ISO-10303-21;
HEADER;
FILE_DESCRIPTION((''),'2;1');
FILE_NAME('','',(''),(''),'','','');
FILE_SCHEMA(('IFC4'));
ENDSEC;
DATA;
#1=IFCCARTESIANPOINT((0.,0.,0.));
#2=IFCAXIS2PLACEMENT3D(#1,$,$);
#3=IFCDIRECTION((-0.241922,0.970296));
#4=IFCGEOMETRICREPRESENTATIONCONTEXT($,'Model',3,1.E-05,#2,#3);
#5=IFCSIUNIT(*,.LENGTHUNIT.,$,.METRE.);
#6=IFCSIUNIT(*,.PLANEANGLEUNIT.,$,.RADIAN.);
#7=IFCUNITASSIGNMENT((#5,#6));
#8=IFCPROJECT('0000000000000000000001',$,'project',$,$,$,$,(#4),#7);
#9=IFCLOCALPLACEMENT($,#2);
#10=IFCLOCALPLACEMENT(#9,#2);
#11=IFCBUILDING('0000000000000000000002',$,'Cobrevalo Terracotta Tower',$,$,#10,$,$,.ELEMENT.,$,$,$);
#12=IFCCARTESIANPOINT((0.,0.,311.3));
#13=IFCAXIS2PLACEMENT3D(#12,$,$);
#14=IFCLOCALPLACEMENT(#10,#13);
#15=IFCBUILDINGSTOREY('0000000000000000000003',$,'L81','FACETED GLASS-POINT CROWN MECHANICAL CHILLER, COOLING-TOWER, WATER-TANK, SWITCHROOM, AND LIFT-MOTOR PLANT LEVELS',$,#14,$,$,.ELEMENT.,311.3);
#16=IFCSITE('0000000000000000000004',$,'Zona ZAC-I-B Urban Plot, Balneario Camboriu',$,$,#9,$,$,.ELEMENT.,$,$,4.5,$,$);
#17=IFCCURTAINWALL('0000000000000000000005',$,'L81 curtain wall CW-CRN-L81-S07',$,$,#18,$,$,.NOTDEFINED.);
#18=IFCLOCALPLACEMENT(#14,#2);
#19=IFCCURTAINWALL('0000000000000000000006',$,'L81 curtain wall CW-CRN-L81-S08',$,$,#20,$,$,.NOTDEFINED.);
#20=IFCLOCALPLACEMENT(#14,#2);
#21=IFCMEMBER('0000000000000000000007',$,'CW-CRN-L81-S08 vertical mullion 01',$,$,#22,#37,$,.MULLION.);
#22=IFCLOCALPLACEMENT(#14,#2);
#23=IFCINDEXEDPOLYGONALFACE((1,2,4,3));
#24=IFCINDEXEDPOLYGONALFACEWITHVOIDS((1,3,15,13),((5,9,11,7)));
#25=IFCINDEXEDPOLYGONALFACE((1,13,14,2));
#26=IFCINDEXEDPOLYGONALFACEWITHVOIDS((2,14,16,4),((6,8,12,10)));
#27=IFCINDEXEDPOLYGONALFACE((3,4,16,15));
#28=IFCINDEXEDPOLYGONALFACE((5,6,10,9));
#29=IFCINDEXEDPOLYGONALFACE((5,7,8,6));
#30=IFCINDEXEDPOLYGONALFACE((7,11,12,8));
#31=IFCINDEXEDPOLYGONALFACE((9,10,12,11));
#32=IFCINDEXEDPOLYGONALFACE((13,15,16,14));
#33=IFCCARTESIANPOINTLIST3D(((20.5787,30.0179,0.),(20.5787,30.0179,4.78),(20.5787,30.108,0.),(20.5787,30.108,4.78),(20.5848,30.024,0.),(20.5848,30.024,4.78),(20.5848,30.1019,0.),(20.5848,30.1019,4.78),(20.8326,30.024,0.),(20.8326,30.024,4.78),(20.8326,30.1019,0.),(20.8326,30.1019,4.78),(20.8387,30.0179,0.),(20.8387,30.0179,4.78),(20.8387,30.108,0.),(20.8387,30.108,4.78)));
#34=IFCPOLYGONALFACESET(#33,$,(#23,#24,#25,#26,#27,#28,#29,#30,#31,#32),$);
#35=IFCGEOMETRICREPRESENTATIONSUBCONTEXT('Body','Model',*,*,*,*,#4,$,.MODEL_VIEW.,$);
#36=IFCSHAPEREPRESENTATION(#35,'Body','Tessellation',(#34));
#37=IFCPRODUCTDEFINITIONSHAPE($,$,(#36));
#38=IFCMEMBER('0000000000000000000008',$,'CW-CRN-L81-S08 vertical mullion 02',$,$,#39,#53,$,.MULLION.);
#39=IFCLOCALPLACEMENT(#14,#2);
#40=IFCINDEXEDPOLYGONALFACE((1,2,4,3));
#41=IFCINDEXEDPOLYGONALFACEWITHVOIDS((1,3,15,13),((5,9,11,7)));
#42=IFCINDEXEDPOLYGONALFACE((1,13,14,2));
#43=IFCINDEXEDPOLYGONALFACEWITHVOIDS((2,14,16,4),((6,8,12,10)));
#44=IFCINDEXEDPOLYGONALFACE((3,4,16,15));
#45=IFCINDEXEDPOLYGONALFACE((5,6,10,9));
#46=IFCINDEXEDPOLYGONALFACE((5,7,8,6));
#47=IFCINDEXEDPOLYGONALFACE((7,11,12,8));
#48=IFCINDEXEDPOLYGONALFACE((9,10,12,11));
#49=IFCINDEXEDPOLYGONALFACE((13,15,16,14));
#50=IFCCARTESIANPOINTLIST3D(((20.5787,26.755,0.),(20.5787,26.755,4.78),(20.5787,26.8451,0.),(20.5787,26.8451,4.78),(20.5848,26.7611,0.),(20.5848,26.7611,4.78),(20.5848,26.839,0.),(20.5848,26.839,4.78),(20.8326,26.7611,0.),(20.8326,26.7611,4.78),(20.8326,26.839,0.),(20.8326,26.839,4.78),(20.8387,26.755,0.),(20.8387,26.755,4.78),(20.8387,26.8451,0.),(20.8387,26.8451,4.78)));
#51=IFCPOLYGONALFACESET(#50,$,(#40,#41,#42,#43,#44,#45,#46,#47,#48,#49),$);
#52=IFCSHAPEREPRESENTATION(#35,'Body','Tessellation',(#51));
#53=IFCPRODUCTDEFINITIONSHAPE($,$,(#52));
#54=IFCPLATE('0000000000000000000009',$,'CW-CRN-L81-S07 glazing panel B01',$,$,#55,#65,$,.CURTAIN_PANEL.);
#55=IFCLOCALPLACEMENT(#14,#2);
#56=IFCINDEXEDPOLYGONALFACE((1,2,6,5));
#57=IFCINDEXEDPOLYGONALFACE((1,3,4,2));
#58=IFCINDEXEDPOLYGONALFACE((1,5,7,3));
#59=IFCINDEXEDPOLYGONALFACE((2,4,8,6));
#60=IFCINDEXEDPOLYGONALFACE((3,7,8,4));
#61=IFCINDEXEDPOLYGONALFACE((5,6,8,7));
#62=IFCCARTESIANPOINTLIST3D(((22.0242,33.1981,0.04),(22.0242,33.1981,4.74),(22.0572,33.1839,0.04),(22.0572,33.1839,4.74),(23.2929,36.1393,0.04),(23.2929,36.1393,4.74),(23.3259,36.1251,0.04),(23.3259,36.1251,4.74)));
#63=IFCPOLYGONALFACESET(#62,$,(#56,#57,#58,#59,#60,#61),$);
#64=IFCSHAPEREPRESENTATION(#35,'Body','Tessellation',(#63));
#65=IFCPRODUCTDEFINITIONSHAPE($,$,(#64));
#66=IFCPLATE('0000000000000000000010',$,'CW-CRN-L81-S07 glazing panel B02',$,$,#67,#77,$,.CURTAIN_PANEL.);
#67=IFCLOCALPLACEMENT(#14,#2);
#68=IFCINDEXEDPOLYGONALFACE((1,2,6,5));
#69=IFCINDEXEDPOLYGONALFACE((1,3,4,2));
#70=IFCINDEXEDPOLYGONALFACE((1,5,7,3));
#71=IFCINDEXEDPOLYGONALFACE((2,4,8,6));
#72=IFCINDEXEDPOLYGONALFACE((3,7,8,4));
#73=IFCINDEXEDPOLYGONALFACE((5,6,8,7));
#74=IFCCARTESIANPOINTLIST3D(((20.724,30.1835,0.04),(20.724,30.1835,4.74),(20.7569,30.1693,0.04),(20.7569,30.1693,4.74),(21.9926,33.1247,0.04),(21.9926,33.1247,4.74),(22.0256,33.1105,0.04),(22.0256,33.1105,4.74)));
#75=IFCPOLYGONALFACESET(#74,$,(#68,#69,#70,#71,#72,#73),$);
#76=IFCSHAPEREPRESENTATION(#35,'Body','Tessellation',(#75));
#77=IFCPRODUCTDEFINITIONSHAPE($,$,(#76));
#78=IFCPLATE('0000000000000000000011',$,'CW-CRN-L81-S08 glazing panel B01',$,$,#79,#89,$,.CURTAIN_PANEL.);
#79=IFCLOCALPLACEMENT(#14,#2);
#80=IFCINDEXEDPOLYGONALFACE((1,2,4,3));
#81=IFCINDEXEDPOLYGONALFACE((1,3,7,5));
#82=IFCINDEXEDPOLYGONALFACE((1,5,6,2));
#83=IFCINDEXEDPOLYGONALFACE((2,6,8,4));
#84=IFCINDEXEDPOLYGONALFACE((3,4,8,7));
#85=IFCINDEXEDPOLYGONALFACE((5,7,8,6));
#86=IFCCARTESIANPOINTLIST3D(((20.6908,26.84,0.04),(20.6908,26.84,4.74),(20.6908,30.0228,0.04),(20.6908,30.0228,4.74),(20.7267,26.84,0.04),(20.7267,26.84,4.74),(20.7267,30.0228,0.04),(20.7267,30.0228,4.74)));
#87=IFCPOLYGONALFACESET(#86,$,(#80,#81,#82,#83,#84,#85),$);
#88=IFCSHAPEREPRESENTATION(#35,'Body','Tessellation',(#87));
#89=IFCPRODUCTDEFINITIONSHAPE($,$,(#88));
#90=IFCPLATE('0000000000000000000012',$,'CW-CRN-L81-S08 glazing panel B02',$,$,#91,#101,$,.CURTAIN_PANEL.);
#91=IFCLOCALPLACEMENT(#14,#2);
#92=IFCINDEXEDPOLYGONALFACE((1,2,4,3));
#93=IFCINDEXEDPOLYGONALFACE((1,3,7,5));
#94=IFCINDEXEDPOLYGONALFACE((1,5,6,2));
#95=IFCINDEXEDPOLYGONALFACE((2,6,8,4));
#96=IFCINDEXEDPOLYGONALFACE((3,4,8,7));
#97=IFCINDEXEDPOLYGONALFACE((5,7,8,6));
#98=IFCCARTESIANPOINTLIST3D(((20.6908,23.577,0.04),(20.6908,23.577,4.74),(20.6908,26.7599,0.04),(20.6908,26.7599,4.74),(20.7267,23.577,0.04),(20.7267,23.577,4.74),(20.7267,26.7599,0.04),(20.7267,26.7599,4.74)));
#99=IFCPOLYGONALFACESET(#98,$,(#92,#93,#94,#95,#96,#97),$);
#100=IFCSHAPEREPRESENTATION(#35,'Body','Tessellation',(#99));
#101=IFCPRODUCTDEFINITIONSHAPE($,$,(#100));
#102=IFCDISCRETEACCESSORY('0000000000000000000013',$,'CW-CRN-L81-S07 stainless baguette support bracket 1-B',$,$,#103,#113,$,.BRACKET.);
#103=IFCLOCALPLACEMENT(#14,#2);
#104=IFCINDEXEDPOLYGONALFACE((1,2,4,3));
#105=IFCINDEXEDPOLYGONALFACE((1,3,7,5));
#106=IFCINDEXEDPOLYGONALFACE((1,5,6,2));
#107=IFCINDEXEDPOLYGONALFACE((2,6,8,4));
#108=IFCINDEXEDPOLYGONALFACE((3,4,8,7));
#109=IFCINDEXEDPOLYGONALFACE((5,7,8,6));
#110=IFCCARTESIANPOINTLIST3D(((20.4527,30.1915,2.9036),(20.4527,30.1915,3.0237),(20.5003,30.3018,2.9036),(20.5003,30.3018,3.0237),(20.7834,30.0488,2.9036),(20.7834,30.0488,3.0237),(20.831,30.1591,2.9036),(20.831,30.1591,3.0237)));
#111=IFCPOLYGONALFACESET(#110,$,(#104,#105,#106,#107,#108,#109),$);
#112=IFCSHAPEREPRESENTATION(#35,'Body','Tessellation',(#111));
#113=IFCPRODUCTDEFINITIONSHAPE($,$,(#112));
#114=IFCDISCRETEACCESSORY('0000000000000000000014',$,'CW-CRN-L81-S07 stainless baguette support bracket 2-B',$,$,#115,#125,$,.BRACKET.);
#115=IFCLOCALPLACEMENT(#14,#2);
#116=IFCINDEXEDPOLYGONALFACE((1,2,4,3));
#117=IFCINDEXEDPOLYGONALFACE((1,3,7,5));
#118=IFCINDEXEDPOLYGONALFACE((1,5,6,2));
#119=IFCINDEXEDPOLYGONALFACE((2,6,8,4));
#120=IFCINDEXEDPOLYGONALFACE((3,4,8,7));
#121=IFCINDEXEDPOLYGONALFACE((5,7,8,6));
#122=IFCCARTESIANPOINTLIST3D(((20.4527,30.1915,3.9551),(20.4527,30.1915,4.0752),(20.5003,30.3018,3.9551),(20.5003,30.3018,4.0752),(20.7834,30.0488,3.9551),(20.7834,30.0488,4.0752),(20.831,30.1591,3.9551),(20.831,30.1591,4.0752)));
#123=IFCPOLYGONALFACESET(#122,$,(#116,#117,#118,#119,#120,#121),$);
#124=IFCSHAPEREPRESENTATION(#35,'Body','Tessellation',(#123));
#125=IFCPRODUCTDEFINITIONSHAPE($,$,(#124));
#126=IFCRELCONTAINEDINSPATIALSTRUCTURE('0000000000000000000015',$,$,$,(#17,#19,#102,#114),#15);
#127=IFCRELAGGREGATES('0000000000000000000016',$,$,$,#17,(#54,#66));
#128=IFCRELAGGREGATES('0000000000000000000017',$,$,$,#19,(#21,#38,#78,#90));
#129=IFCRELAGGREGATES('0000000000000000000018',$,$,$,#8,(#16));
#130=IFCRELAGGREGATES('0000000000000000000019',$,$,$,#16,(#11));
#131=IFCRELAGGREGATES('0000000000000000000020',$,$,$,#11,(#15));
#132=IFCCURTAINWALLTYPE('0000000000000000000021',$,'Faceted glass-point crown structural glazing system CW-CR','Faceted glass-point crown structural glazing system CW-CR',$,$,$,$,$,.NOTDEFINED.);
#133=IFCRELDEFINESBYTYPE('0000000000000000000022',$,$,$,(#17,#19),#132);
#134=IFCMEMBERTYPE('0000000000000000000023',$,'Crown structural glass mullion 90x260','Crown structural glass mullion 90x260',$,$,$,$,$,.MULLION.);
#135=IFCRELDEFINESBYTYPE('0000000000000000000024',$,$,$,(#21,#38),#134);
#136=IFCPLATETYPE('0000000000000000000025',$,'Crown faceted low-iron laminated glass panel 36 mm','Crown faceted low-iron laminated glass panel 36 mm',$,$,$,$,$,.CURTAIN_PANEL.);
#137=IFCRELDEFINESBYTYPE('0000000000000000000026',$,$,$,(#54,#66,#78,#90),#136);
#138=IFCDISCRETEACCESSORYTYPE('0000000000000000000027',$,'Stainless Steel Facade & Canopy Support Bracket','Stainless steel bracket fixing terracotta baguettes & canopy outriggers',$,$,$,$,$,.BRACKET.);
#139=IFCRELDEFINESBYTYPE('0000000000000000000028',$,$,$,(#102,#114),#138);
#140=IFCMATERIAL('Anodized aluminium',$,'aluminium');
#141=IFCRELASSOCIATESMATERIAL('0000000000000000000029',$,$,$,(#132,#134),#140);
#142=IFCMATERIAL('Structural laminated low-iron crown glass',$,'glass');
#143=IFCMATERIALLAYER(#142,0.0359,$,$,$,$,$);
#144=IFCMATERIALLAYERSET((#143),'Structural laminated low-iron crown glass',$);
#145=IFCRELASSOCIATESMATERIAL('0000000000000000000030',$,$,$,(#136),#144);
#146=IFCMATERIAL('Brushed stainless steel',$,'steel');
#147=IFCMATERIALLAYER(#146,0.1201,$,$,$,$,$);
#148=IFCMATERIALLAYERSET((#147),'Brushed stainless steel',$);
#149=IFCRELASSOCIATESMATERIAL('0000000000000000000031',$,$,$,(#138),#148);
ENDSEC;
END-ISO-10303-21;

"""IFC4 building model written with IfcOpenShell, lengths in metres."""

from ifc_helpers import new_model, si_unit, direction, frame, origin, origin_2d, place, context, subcontext, project, spatial, rectangle, hollow_rectangle, extrude, source, transform, mapped, material, layer, layer_set, material_profile, profile_set, type_object, element, aggregate, save


model = new_model("IFC4")

# Units and contexts
model_context = context("Model", 3, precision=1e-05, world=origin(), true_north=direction((-0.241922, 0.970296)))
body_context = subcontext(model_context, "Body", "Model", "MODEL_VIEW")
ifc_project = project(units=[si_unit("LENGTHUNIT", "METRE"), si_unit("PLANEANGLEUNIT", "RADIAN")], contexts=[model_context])

# Site, building, storey
site_placement = place(None, origin())
site = spatial("IfcSite", under=ifc_project, at=site_placement, Name="Zona ZAC-I-B Urban Plot, Balneario Camboriu", CompositionType="ELEMENT", RefElevation=4.5)
building_placement = place(site_placement, origin())
building = spatial("IfcBuilding", under=site, at=building_placement, Name="Cobrevalo Terracotta Tower", CompositionType="ELEMENT")
storey_placement = place(building_placement, frame((0.0, 0.0, 311.3)))
storey = spatial("IfcBuildingStorey", under=building, at=storey_placement, Name="L81", Description="FACETED GLASS-POINT CROWN MECHANICAL CHILLER, COOLING-TOWER, WATER-TANK, SWITCHROOM, AND LIFT-MOTOR PLANT LEVELS", CompositionType="ELEMENT", Elevation=311.3)

# Curtain walls
ifc_material_1 = material(Name="Anodized aluminium", Category="aluminium")
curtain_wall_type = type_object("IfcCurtainWallType", Name="Faceted glass-point crown structural glazing system CW-CR", Description="Faceted glass-point crown structural glazing system CW-CR", PredefinedType="NOTDEFINED", material=ifc_material_1)
curtain_wall_1_placement = place(storey_placement, origin())
curtain_wall_1 = element("IfcCurtainWall", 1, at=curtain_wall_1_placement, inside=storey, type_object=curtain_wall_type, Name="L81 curtain wall CW-CRN-L81-S07", PredefinedType="NOTDEFINED")
curtain_wall_2_placement = place(storey_placement, origin())
curtain_wall_2 = element("IfcCurtainWall", 2, at=curtain_wall_2_placement, inside=storey, type_object=curtain_wall_type, Name="L81 curtain wall CW-CRN-L81-S08", PredefinedType="NOTDEFINED")

# Members
ifc_material_profile_1 = material_profile(ifc_material_1, hollow_rectangle(XDim=0.0901, YDim=0.26, WallThickness=0.0061, at=origin_2d()), Name="CWM 90x260")
ifc_profile_set_1 = profile_set([ifc_material_profile_1], Name="Anodized aluminium")
member_type_1 = type_object("IfcMemberType", Name="Crown structural glass mullion 90x260", Description="Crown structural glass mullion 90x260", PredefinedType="MULLION", material=ifc_profile_set_1)
shared_shape_1 = source(origin(), body_context, "Body", "SweptSolid", [
    extrude(hollow_rectangle(XDim=0.0901, YDim=0.26, WallThickness=0.0061, at=origin_2d()), origin(), (0.0, 0.0, 1.0), 4.78),
])
member_1_placement = place(storey_placement, frame((20.7087, 30.063, 0.0), z_axis=(0.0, 0.0, 1.0), x_axis=(0.0, -1.0, 0.0)))
member_1 = element("IfcMember", 3, at=member_1_placement, type_object=member_type_1, Name="CW-CRN-L81-S08 vertical mullion 01", PredefinedType="MULLION", context=body_context, shape_type="MappedRepresentation", body=[
    mapped(shared_shape_1, transform((0.0, 0.0, 0.0), scale=1.0)),
])
member_2_placement = place(storey_placement, frame((20.7087, 26.8, 0.0), z_axis=(0.0, 0.0, 1.0), x_axis=(0.0, -1.0, 0.0)))
member_2 = element("IfcMember", 4, at=member_2_placement, type_object=member_type_1, Name="CW-CRN-L81-S08 vertical mullion 02", PredefinedType="MULLION", context=body_context, shape_type="MappedRepresentation", body=[
    mapped(shared_shape_1, transform((0.0, 0.0, 0.0), scale=1.0)),
])

# Plates
ifc_material_2 = material(Name="Structural laminated low-iron crown glass", Category="glass")
ifc_layer_1 = layer(ifc_material_2, 0.0359)
ifc_layer_set_1 = layer_set([ifc_layer_1], Name="Structural laminated low-iron crown glass")
plate_type = type_object("IfcPlateType", Name="Crown faceted low-iron laminated glass panel 36 mm", Description="Crown faceted low-iron laminated glass panel 36 mm", PredefinedType="CURTAIN_PANEL", material=ifc_layer_set_1)
shared_shape_2 = source(origin(), body_context, "Body", "SweptSolid", [
    extrude(rectangle(XDim=3.2031, YDim=0.0359, at=origin_2d()), origin(), (0.0, 0.0, 1.0), 4.7),
])
plate_1_placement = place(storey_placement, frame((22.675, 34.6616, 0.04), z_axis=(0.0, 0.0, 1.0), x_axis=(-0.396066, -0.918222, 0.0)))
plate_1 = element("IfcPlate", 5, at=plate_1_placement, type_object=plate_type, Name="CW-CRN-L81-S07 glazing panel B01", PredefinedType="CURTAIN_PANEL", context=body_context, shape_type="MappedRepresentation", body=[
    mapped(shared_shape_2, transform((0.0, 0.0, 0.0), scale=1.0)),
])
plate_2_placement = place(storey_placement, frame((21.3748, 31.647, 0.04), z_axis=(0.0, 0.0, 1.0), x_axis=(-0.396066, -0.918222, 0.0)))
plate_2 = element("IfcPlate", 6, at=plate_2_placement, type_object=plate_type, Name="CW-CRN-L81-S07 glazing panel B02", PredefinedType="CURTAIN_PANEL", context=body_context, shape_type="MappedRepresentation", body=[
    mapped(shared_shape_2, transform((0.0, 0.0, 0.0), scale=1.0)),
])
aggregate(curtain_wall_1, [plate_1, plate_2])
shared_shape_3 = source(origin(), body_context, "Body", "SweptSolid", [
    extrude(rectangle(XDim=3.1829, YDim=0.0359, at=origin_2d()), origin(), (0.0, 0.0, 1.0), 4.7),
])
plate_3_placement = place(storey_placement, frame((20.7087, 28.4314, 0.04), z_axis=(0.0, 0.0, 1.0), x_axis=(0.0, -1.0, 0.0)))
plate_3 = element("IfcPlate", 7, at=plate_3_placement, type_object=plate_type, Name="CW-CRN-L81-S08 glazing panel B01", PredefinedType="CURTAIN_PANEL", context=body_context, shape_type="MappedRepresentation", body=[
    mapped(shared_shape_3, transform((0.0, 0.0, 0.0), scale=1.0)),
])
plate_4_placement = place(storey_placement, frame((20.7087, 25.1685, 0.04), z_axis=(0.0, 0.0, 1.0), x_axis=(0.0, -1.0, 0.0)))
plate_4 = element("IfcPlate", 8, at=plate_4_placement, type_object=plate_type, Name="CW-CRN-L81-S08 glazing panel B02", PredefinedType="CURTAIN_PANEL", context=body_context, shape_type="MappedRepresentation", body=[
    mapped(shared_shape_3, transform((0.0, 0.0, 0.0), scale=1.0)),
])
aggregate(curtain_wall_2, [member_1, member_2, plate_3, plate_4])

# Discrete accessories
ifc_material_3 = material(Name="Brushed stainless steel", Category="steel")
ifc_layer_2 = layer(ifc_material_3, 0.1201)
ifc_layer_set_2 = layer_set([ifc_layer_2], Name="Brushed stainless steel")
discrete_accessory_type = type_object("IfcDiscreteAccessoryType", Name="Stainless Steel Facade & Canopy Support Bracket", Description="Stainless steel bracket fixing terracotta baguettes & canopy outriggers", PredefinedType="BRACKET", material=ifc_layer_set_2)
shared_shape_4 = source(origin(), body_context, "Body", "SweptSolid", [
    extrude(rectangle(XDim=0.1201, YDim=0.3601, at=origin_2d()), origin(), (0.0, 0.0, 1.0), 0.1201),
])
for number, where, z_axis, x_axis, name in (
    (9, (20.6418, 30.1753, 2.9036), (0.0, 0.0, 1.0), (-0.396066, -0.918222, 0.0), "CW-CRN-L81-S07 stainless baguette support bracket 1-B"),
    (10, (20.6418, 30.1753, 3.9551), (0.0, 0.0, 1.0), (-0.396066, -0.918222, 0.0), "CW-CRN-L81-S07 stainless baguette support bracket 2-B"),
):
    element("IfcDiscreteAccessory", number, at=place(storey_placement, frame(where, z_axis=z_axis, x_axis=x_axis)), inside=storey, type_object=discrete_accessory_type, Name=name, PredefinedType="BRACKET", context=body_context, shape_type="MappedRepresentation", body=[
        mapped(shared_shape_4, transform((0.0, 0.0, 0.0), scale=1.0)),
    ])

save(model, "model.ifc")
